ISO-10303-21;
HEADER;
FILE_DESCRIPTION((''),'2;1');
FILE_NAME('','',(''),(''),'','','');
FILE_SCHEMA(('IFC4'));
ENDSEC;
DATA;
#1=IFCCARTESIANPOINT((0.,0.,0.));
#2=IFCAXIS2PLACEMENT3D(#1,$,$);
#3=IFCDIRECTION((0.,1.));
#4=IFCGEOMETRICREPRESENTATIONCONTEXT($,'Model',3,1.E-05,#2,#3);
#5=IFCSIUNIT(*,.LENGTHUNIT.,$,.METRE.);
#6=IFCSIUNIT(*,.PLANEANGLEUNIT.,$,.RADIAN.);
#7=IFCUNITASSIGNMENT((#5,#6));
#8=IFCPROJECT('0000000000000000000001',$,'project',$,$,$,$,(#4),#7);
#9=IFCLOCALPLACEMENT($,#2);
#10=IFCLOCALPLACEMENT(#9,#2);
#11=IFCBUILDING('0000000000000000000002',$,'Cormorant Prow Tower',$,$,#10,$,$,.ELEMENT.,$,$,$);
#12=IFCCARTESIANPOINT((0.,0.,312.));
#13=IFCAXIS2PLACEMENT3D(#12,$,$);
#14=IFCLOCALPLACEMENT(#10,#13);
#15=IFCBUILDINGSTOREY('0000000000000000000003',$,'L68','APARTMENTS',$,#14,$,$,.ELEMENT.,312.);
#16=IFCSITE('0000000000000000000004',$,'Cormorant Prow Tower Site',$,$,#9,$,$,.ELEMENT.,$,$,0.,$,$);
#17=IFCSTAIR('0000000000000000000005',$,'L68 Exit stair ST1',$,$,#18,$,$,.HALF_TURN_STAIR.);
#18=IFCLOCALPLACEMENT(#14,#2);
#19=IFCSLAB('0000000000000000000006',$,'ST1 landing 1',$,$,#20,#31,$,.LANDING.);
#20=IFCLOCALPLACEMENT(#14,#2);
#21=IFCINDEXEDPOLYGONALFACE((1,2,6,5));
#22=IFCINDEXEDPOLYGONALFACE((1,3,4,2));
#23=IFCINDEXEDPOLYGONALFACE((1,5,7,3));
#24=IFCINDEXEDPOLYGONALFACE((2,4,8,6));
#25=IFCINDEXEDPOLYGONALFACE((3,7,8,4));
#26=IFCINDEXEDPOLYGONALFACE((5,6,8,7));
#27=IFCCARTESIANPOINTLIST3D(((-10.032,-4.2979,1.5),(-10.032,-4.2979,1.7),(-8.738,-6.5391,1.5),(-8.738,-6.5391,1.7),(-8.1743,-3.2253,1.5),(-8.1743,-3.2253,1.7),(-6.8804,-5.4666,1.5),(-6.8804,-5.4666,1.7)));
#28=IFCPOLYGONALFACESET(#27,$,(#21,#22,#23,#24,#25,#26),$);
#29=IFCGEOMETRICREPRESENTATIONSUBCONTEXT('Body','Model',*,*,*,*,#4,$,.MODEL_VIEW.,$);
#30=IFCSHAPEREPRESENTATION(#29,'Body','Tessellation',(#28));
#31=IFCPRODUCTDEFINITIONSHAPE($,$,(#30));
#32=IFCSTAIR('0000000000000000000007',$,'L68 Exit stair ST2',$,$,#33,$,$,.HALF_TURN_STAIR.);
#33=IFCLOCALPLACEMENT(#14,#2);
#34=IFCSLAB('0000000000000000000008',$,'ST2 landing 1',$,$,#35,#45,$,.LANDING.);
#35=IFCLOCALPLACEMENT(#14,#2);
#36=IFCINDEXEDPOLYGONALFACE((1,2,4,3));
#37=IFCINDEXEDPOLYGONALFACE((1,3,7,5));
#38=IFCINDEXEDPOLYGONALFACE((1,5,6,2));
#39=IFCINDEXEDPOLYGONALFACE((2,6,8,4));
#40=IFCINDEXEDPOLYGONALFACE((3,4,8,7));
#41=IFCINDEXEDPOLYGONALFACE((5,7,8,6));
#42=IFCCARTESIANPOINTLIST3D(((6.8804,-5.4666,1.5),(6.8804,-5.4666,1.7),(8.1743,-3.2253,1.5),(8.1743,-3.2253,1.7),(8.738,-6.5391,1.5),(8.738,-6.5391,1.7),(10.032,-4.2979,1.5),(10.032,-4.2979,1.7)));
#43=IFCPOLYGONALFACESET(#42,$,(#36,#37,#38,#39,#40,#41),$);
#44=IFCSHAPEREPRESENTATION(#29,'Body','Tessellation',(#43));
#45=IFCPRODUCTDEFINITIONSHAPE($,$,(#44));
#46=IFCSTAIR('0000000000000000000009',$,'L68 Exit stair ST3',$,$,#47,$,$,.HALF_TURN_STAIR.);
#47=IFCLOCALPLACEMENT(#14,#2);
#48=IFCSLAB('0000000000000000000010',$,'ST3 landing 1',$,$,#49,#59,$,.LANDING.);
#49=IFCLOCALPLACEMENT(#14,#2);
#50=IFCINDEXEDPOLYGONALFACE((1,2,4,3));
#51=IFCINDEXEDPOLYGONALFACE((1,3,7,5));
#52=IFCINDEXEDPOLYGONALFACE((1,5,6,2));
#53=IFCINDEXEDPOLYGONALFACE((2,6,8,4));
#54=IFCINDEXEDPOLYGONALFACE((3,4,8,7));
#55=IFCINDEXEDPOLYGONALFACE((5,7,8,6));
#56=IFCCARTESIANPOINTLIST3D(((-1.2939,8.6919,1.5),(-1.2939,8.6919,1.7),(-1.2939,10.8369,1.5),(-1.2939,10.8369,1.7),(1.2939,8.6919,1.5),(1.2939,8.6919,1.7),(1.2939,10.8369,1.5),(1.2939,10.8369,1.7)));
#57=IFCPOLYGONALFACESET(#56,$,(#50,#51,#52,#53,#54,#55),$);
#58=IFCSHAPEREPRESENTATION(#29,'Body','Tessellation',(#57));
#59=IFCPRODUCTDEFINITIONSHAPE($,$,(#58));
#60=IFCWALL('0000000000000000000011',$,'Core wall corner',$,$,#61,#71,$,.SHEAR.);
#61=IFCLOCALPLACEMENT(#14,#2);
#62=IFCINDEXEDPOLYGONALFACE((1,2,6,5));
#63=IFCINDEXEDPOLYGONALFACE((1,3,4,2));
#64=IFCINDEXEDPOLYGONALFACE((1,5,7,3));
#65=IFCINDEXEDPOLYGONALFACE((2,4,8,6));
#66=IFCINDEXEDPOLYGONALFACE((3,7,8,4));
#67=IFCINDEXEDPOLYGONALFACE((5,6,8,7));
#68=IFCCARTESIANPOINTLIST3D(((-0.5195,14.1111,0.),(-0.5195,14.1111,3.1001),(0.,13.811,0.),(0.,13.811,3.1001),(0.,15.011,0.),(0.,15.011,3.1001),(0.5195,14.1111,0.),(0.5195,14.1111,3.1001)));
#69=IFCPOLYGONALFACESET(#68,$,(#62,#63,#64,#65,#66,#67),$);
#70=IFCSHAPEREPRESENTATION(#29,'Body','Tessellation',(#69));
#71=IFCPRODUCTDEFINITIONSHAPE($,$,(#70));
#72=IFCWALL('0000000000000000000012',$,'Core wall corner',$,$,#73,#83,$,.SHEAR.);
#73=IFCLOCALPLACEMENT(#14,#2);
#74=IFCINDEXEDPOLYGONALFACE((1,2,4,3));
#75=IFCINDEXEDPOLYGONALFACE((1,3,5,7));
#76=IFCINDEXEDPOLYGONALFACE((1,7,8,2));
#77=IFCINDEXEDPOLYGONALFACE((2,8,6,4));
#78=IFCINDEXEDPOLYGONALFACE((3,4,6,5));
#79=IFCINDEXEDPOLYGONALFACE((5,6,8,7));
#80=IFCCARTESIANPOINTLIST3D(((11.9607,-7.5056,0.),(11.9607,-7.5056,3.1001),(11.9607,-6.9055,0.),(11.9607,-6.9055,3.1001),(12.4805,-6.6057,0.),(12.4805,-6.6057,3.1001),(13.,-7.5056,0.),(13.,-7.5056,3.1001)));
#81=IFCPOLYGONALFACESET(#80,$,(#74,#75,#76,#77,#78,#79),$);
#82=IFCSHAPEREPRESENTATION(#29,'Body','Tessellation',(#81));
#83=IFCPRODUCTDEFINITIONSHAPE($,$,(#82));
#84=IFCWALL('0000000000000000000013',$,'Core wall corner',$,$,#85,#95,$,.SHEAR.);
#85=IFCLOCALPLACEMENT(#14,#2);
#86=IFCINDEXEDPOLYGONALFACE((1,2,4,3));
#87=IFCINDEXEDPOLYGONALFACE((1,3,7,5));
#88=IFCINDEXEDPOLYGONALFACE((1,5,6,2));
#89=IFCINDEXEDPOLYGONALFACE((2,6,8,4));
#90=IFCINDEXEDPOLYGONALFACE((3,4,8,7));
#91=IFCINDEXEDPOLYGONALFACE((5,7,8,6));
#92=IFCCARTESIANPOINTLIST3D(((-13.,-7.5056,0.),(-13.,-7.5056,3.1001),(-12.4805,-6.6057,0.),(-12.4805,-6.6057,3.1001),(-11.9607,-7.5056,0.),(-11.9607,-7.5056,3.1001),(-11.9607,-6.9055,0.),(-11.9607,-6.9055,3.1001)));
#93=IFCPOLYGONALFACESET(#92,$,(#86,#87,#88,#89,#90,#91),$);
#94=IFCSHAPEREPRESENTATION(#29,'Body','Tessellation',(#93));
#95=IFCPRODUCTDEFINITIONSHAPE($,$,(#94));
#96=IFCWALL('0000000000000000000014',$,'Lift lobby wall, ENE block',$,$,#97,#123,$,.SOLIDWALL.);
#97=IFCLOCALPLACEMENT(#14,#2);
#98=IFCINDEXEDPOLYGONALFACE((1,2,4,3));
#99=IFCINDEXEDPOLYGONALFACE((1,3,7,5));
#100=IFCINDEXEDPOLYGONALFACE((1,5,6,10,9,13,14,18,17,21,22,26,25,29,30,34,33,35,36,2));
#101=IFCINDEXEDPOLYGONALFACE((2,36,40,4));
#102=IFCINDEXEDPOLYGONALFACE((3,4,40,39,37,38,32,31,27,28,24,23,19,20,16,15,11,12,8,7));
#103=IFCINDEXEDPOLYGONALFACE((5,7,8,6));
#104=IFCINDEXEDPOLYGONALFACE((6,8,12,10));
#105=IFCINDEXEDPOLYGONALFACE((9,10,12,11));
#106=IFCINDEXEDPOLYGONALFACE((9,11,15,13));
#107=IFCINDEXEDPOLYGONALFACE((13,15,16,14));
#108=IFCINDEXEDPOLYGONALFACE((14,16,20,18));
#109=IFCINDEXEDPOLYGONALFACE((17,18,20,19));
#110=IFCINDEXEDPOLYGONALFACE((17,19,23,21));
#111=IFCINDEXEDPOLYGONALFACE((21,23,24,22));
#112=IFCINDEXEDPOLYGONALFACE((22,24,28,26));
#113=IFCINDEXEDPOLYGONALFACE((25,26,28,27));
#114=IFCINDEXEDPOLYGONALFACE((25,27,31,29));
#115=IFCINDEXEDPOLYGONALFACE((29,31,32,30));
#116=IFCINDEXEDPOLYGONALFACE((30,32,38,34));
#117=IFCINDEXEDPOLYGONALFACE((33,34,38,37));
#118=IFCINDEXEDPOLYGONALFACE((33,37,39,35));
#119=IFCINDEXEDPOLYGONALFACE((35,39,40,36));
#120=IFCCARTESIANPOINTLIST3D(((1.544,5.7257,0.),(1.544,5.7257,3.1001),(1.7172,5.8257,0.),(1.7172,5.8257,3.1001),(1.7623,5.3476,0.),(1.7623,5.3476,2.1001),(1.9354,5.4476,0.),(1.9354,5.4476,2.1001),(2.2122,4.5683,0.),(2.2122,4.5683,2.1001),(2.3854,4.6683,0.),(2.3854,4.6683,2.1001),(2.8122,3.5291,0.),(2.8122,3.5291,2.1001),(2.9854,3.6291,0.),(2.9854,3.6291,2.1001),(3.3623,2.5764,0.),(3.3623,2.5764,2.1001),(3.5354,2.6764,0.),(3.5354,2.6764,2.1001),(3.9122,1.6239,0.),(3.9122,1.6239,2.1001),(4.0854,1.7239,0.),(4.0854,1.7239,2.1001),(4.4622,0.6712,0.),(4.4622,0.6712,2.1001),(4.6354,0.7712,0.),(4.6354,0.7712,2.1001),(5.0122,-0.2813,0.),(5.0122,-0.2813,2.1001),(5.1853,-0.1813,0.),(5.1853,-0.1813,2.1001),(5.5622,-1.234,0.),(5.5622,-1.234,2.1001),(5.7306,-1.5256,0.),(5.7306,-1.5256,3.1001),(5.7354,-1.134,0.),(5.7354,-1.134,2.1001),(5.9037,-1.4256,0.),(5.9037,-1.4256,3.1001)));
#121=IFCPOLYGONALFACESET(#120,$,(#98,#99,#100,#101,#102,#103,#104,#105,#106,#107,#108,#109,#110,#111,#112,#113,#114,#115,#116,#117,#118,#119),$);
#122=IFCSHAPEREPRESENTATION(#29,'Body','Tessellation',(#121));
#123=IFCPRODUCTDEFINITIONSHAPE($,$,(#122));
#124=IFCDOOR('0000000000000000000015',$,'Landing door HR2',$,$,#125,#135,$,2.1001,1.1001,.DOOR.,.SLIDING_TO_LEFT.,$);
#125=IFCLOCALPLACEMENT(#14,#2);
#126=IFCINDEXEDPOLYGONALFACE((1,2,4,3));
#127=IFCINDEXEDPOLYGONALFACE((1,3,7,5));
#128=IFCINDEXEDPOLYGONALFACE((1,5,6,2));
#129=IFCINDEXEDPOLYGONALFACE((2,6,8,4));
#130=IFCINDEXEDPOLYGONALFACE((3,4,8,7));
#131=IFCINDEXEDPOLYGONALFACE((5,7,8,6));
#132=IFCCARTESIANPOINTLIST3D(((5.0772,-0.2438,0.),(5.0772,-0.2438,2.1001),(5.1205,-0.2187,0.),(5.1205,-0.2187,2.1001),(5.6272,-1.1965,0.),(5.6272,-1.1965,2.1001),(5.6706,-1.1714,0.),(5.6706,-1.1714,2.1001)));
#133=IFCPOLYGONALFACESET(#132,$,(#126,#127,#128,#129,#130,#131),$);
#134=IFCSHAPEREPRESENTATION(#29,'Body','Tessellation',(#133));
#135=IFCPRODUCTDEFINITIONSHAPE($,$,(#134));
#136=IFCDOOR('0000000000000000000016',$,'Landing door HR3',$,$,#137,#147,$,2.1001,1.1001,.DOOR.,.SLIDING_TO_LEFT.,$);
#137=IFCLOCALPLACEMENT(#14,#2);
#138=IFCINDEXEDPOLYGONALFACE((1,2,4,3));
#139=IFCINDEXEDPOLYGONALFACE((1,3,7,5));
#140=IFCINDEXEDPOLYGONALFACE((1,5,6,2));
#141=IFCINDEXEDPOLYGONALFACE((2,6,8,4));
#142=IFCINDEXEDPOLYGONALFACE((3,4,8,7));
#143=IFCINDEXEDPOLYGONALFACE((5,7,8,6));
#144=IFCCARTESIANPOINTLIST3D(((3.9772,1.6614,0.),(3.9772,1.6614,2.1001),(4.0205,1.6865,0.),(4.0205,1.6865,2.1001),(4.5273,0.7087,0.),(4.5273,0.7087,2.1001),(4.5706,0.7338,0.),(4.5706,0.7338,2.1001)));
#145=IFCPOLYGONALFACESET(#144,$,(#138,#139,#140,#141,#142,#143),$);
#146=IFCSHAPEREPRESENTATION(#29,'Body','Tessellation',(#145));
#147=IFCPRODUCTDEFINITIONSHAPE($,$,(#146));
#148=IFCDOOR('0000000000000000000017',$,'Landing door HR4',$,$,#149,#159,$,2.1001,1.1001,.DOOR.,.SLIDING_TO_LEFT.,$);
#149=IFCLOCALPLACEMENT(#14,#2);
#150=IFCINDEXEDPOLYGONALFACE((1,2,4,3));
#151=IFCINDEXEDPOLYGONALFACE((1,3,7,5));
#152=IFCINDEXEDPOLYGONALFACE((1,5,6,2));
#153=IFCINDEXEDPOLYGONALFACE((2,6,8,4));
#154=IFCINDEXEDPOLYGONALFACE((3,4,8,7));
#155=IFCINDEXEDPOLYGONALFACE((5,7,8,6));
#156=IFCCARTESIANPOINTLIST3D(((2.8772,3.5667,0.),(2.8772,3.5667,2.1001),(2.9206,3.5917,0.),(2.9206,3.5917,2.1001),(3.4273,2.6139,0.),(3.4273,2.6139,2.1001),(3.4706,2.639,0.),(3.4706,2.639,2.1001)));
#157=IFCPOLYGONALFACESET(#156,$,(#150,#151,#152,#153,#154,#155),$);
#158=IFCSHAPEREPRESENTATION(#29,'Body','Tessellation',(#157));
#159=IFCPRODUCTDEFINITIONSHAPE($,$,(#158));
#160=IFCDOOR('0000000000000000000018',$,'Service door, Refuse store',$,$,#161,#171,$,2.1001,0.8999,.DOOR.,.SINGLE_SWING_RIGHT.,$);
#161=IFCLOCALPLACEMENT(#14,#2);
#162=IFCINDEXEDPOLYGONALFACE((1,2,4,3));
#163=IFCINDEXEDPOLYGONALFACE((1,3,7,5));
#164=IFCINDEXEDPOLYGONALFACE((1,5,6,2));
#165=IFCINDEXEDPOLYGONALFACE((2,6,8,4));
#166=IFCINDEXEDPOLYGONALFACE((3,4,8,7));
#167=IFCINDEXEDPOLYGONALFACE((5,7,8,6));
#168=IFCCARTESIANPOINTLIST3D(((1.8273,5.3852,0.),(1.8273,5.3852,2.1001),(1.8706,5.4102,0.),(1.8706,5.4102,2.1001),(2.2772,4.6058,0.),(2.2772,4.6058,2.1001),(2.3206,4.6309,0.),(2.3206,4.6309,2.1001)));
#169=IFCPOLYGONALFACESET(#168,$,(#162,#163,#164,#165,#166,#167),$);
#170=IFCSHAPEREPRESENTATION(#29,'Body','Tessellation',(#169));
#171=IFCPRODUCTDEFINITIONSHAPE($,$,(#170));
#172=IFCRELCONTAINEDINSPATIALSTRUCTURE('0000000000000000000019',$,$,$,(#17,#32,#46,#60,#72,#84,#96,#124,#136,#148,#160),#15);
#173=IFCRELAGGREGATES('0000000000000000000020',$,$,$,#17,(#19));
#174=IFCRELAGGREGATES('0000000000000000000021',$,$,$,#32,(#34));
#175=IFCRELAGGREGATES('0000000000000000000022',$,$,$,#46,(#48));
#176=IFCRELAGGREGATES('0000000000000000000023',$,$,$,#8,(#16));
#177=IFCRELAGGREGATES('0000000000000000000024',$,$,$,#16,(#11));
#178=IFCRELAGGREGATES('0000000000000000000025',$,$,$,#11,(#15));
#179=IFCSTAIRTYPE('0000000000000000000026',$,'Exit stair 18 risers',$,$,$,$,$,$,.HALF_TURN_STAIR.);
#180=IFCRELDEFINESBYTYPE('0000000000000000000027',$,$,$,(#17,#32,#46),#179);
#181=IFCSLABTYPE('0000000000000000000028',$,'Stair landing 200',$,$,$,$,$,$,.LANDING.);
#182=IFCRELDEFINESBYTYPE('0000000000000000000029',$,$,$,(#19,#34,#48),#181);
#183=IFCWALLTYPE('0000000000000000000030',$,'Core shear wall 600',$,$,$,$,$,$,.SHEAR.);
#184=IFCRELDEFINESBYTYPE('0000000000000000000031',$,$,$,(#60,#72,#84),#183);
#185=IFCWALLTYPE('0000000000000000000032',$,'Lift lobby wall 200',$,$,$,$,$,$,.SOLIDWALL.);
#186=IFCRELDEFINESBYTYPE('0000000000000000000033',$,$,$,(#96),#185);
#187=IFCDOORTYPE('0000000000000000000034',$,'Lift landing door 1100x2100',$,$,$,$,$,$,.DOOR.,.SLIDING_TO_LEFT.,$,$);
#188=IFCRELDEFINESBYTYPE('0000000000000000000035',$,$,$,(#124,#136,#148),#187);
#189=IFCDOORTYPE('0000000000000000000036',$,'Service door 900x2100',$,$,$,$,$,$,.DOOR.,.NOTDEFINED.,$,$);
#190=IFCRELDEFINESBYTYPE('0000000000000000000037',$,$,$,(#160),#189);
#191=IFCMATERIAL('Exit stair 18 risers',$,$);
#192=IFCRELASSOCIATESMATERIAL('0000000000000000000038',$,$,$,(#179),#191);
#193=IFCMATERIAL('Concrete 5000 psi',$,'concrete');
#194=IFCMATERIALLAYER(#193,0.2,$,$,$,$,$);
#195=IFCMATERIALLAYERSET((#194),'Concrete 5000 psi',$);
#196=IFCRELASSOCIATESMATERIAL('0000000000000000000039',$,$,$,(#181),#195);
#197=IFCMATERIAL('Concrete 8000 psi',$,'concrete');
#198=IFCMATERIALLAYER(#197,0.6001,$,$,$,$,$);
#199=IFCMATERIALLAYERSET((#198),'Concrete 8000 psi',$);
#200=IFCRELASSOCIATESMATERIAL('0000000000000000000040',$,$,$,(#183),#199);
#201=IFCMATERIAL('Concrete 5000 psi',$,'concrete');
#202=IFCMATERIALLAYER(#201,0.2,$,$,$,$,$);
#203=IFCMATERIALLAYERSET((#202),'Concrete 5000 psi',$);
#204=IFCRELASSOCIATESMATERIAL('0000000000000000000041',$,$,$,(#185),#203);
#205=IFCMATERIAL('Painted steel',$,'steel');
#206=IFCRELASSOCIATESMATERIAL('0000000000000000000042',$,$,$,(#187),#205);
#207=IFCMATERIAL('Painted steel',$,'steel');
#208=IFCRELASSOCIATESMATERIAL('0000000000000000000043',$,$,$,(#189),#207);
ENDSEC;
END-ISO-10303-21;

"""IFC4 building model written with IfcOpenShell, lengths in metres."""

from ifc_helpers import new_model, si_unit, direction, frame, frame_2d, origin, place, context, subcontext, project, spatial, polyline, rectangle, outline, extrude, material, layer, layer_set, type_object, element, fill, aggregate, save


model = new_model("IFC4")

# Units and contexts
model_context = context("Model", 3, precision=1e-05, world=origin(), true_north=direction((0.0, 1.0)))
body_context = subcontext(model_context, "Body", "Model", "MODEL_VIEW")
ifc_project = project(units=[si_unit("LENGTHUNIT", "METRE"), si_unit("PLANEANGLEUNIT", "RADIAN")], contexts=[model_context])

# Site, building, storey
site_placement = place(None, origin())
site = spatial("IfcSite", under=ifc_project, at=site_placement, Name="Cormorant Prow Tower Site", CompositionType="ELEMENT", RefElevation=0.0)
building_placement = place(site_placement, origin())
building = spatial("IfcBuilding", under=site, at=building_placement, Name="Cormorant Prow Tower", CompositionType="ELEMENT")
storey_placement = place(building_placement, frame((0.0, 0.0, 312.0)))
storey = spatial("IfcBuildingStorey", under=building, at=storey_placement, Name="L68", Description="APARTMENTS", CompositionType="ELEMENT", Elevation=312.0)

# Stairs, slabs
ifc_material_1 = material(Name="Exit stair 18 risers")
stair_type = type_object("IfcStairType", Name="Exit stair 18 risers", PredefinedType="HALF_TURN_STAIR", material=ifc_material_1)
stair_1_placement = place(storey_placement, origin())
stair_1 = element("IfcStair", 1, at=stair_1_placement, inside=storey, type_object=stair_type, Name="L68 Exit stair ST1", PredefinedType="HALF_TURN_STAIR")
ifc_material_2 = material(Name="Concrete 5000 psi", Category="concrete")
ifc_layer_1 = layer(ifc_material_2, 0.2)
ifc_layer_set_1 = layer_set([ifc_layer_1], Name="Concrete 5000 psi")
slab_type = type_object("IfcSlabType", Name="Stair landing 200", PredefinedType="LANDING", material=ifc_layer_set_1)
slab_1_placement = place(storey_placement, frame((0.0, 0.0, 1.5)))
slab_1 = element("IfcSlab", 2, at=slab_1_placement, type_object=slab_type, Name="ST1 landing 1", PredefinedType="LANDING", context=body_context, shape_type="SweptSolid", body=[
    extrude(outline(polyline([(-8.1743, -3.2253), (-10.032, -4.2979), (-8.738, -6.5391), (-6.8804, -5.4666), (-8.1743, -3.2253)])), origin(), (0.0, 0.0, 1.0), 0.2),
])
aggregate(stair_1, [slab_1])
stair_2_placement = place(storey_placement, origin())
stair_2 = element("IfcStair", 3, at=stair_2_placement, inside=storey, type_object=stair_type, Name="L68 Exit stair ST2", PredefinedType="HALF_TURN_STAIR")
slab_2_placement = place(storey_placement, frame((0.0, 0.0, 1.5)))
slab_2 = element("IfcSlab", 4, at=slab_2_placement, type_object=slab_type, Name="ST2 landing 1", PredefinedType="LANDING", context=body_context, shape_type="SweptSolid", body=[
    extrude(outline(polyline([(6.8804, -5.4666), (8.738, -6.5391), (10.032, -4.2979), (8.1743, -3.2253), (6.8804, -5.4666)])), origin(), (0.0, 0.0, 1.0), 0.2),
])
aggregate(stair_2, [slab_2])
stair_3_placement = place(storey_placement, origin())
stair_3 = element("IfcStair", 5, at=stair_3_placement, inside=storey, type_object=stair_type, Name="L68 Exit stair ST3", PredefinedType="HALF_TURN_STAIR")
slab_3_placement = place(storey_placement, frame((0.0, 0.0, 1.5)))
slab_3 = element("IfcSlab", 6, at=slab_3_placement, type_object=slab_type, Name="ST3 landing 1", PredefinedType="LANDING", context=body_context, shape_type="SweptSolid", body=[
    extrude(outline(polyline([(1.2939, 8.6919), (1.2939, 10.8369), (-1.2939, 10.8369), (-1.2939, 8.6919), (1.2939, 8.6919)])), origin(), (0.0, 0.0, 1.0), 0.2),
])

# Walls
ifc_material_3 = material(Name="Concrete 8000 psi", Category="concrete")
ifc_layer_2 = layer(ifc_material_3, 0.6001)
ifc_layer_set_2 = layer_set([ifc_layer_2], Name="Concrete 8000 psi")
wall_type_1 = type_object("IfcWallType", Name="Core shear wall 600", PredefinedType="SHEAR", material=ifc_layer_set_2)
wall_1_placement = place(storey_placement, origin())
element("IfcWall", 7, at=wall_1_placement, inside=storey, type_object=wall_type_1, Name="Core wall corner", PredefinedType="SHEAR", context=body_context, shape_type="SweptSolid", body=[
    extrude(outline(polyline([(0.0, 13.811), (-0.5195, 14.1111), (0.0, 15.011), (0.5195, 14.1111), (0.0, 13.811)])), origin(), (0.0, 0.0, 1.0), 3.1001),
])
wall_2_placement = place(storey_placement, origin())
element("IfcWall", 8, at=wall_2_placement, inside=storey, type_object=wall_type_1, Name="Core wall corner", PredefinedType="SHEAR", context=body_context, shape_type="SweptSolid", body=[
    extrude(outline(polyline([(11.9607, -7.5056), (11.9607, -6.9055), (12.4805, -6.6057), (13.0, -7.5056), (11.9607, -7.5056)])), origin(), (0.0, 0.0, 1.0), 3.1001),
])
wall_3_placement = place(storey_placement, origin())
element("IfcWall", 9, at=wall_3_placement, inside=storey, type_object=wall_type_1, Name="Core wall corner", PredefinedType="SHEAR", context=body_context, shape_type="SweptSolid", body=[
    extrude(outline(polyline([(-12.4805, -6.6057), (-11.9607, -6.9055), (-11.9607, -7.5056), (-13.0, -7.5056), (-12.4805, -6.6057)])), origin(), (0.0, 0.0, 1.0), 3.1001),
])

# Wall, openings, doors
ifc_material_4 = material(Name="Concrete 5000 psi", Category="concrete")
ifc_layer_3 = layer(ifc_material_4, 0.2)
ifc_layer_set_3 = layer_set([ifc_layer_3], Name="Concrete 5000 psi")
wall_type_2 = type_object("IfcWallType", Name="Lift lobby wall 200", PredefinedType="SOLIDWALL", material=ifc_layer_set_3)
wall_4_placement = place(storey_placement, frame((5.8171, -1.4756, 0.0), z_axis=(0.0, 0.0, 1.0), x_axis=(-0.500003, 0.866024, 0.0)))
wall_4 = element("IfcWall", 10, at=wall_4_placement, inside=storey, type_object=wall_type_2, Name="Lift lobby wall, ENE block", PredefinedType="SOLIDWALL", context=body_context, shape_type="SweptSolid", body=[
    extrude(rectangle(XDim=8.373, YDim=0.2, at=frame_2d((4.1865, 0.0))), origin(), (0.0, 0.0, 1.0), 3.1001),
])
opening_1_placement = place(wall_4_placement, frame((0.3367, 0.0, 0.0)))
opening_1 = element("IfcOpeningElement", 11, at=opening_1_placement, cuts=wall_4, PredefinedType="OPENING", context=body_context, shape_type="SweptSolid", body=[
    extrude(rectangle(XDim=1.1001, YDim=2.1001, at=frame_2d((0.55, 1.05))), frame((0.0, 0.1099, 0.0), z_axis=(0.0, -1.0, 0.0), x_axis=(1.0, 0.0, 0.0)), (0.0, 0.0, 1.0), 0.22),
])
opening_2_placement = place(wall_4_placement, frame((2.5366, 0.0, 0.0)))
opening_2 = element("IfcOpeningElement", 12, at=opening_2_placement, cuts=wall_4, PredefinedType="OPENING", context=body_context, shape_type="SweptSolid", body=[
    extrude(rectangle(XDim=1.1001, YDim=2.1001, at=frame_2d((0.55, 1.05))), frame((0.0, 0.1099, 0.0), z_axis=(0.0, -1.0, 0.0), x_axis=(1.0, 0.0, 0.0)), (0.0, 0.0, 1.0), 0.22),
])
opening_3_placement = place(wall_4_placement, frame((4.7366, 0.0, 0.0)))
opening_3 = element("IfcOpeningElement", 13, at=opening_3_placement, cuts=wall_4, PredefinedType="OPENING", context=body_context, shape_type="SweptSolid", body=[
    extrude(rectangle(XDim=1.1001, YDim=2.1001, at=frame_2d((0.55, 1.05))), frame((0.0, 0.1099, 0.0), z_axis=(0.0, -1.0, 0.0), x_axis=(1.0, 0.0, 0.0)), (0.0, 0.0, 1.0), 0.22),
])
opening_4_placement = place(wall_4_placement, frame((7.0366, 0.0, 0.0)))
opening_4 = element("IfcOpeningElement", 14, at=opening_4_placement, cuts=wall_4, PredefinedType="OPENING", context=body_context, shape_type="SweptSolid", body=[
    extrude(rectangle(XDim=0.8999, YDim=2.1001, at=frame_2d((0.45, 1.05))), frame((0.0, 0.1099, 0.0), z_axis=(0.0, -1.0, 0.0), x_axis=(1.0, 0.0, 0.0)), (0.0, 0.0, 1.0), 0.22),
])
ifc_material_5 = material(Name="Painted steel", Category="steel")
door_type_1 = type_object("IfcDoorType", Name="Lift landing door 1100x2100", OperationType="SLIDING_TO_LEFT", PredefinedType="DOOR", material=ifc_material_5)
door_1_placement = place(opening_1_placement, origin())
door_1 = element("IfcDoor", 15, at=door_1_placement, inside=storey, type_object=door_type_1, Name="Landing door HR2", OperationType="SLIDING_TO_LEFT", OverallHeight=2.1001, OverallWidth=1.1001, PredefinedType="DOOR", context=body_context, shape_type="SweptSolid", body=[
    extrude(rectangle(XDim=1.1001, YDim=2.1001, at=frame_2d((0.55, 1.05))), frame((0.0, 0.0249, 0.0), z_axis=(0.0, -1.0, 0.0), x_axis=(1.0, 0.0, 0.0)), (0.0, 0.0, 1.0), 0.05),
])
fill(opening_1, door_1)
door_2_placement = place(opening_2_placement, origin())
door_2 = element("IfcDoor", 16, at=door_2_placement, inside=storey, type_object=door_type_1, Name="Landing door HR3", OperationType="SLIDING_TO_LEFT", OverallHeight=2.1001, OverallWidth=1.1001, PredefinedType="DOOR", context=body_context, shape_type="SweptSolid", body=[
    extrude(rectangle(XDim=1.1001, YDim=2.1001, at=frame_2d((0.55, 1.05))), frame((0.0, 0.0249, 0.0), z_axis=(0.0, -1.0, 0.0), x_axis=(1.0, 0.0, 0.0)), (0.0, 0.0, 1.0), 0.05),
])
fill(opening_2, door_2)
door_3_placement = place(opening_3_placement, origin())
door_3 = element("IfcDoor", 17, at=door_3_placement, inside=storey, type_object=door_type_1, Name="Landing door HR4", OperationType="SLIDING_TO_LEFT", OverallHeight=2.1001, OverallWidth=1.1001, PredefinedType="DOOR", context=body_context, shape_type="SweptSolid", body=[
    extrude(rectangle(XDim=1.1001, YDim=2.1001, at=frame_2d((0.55, 1.05))), frame((0.0, 0.0249, 0.0), z_axis=(0.0, -1.0, 0.0), x_axis=(1.0, 0.0, 0.0)), (0.0, 0.0, 1.0), 0.05),
])
fill(opening_3, door_3)
ifc_material_6 = material(Name="Painted steel", Category="steel")
door_type_2 = type_object("IfcDoorType", Name="Service door 900x2100", OperationType="NOTDEFINED", PredefinedType="DOOR", material=ifc_material_6)
door_4_placement = place(opening_4_placement, origin())
door_4 = element("IfcDoor", 18, at=door_4_placement, inside=storey, type_object=door_type_2, Name="Service door, Refuse store", OperationType="SINGLE_SWING_RIGHT", OverallHeight=2.1001, OverallWidth=0.8999, PredefinedType="DOOR", context=body_context, shape_type="SweptSolid", body=[
    extrude(rectangle(XDim=0.8999, YDim=2.1001, at=frame_2d((0.45, 1.05))), frame((0.0, 0.0249, 0.0), z_axis=(0.0, -1.0, 0.0), x_axis=(1.0, 0.0, 0.0)), (0.0, 0.0, 1.0), 0.05),
])
fill(opening_4, door_4)

aggregate(stair_3, [slab_3])

save(model, "model.ifc")
